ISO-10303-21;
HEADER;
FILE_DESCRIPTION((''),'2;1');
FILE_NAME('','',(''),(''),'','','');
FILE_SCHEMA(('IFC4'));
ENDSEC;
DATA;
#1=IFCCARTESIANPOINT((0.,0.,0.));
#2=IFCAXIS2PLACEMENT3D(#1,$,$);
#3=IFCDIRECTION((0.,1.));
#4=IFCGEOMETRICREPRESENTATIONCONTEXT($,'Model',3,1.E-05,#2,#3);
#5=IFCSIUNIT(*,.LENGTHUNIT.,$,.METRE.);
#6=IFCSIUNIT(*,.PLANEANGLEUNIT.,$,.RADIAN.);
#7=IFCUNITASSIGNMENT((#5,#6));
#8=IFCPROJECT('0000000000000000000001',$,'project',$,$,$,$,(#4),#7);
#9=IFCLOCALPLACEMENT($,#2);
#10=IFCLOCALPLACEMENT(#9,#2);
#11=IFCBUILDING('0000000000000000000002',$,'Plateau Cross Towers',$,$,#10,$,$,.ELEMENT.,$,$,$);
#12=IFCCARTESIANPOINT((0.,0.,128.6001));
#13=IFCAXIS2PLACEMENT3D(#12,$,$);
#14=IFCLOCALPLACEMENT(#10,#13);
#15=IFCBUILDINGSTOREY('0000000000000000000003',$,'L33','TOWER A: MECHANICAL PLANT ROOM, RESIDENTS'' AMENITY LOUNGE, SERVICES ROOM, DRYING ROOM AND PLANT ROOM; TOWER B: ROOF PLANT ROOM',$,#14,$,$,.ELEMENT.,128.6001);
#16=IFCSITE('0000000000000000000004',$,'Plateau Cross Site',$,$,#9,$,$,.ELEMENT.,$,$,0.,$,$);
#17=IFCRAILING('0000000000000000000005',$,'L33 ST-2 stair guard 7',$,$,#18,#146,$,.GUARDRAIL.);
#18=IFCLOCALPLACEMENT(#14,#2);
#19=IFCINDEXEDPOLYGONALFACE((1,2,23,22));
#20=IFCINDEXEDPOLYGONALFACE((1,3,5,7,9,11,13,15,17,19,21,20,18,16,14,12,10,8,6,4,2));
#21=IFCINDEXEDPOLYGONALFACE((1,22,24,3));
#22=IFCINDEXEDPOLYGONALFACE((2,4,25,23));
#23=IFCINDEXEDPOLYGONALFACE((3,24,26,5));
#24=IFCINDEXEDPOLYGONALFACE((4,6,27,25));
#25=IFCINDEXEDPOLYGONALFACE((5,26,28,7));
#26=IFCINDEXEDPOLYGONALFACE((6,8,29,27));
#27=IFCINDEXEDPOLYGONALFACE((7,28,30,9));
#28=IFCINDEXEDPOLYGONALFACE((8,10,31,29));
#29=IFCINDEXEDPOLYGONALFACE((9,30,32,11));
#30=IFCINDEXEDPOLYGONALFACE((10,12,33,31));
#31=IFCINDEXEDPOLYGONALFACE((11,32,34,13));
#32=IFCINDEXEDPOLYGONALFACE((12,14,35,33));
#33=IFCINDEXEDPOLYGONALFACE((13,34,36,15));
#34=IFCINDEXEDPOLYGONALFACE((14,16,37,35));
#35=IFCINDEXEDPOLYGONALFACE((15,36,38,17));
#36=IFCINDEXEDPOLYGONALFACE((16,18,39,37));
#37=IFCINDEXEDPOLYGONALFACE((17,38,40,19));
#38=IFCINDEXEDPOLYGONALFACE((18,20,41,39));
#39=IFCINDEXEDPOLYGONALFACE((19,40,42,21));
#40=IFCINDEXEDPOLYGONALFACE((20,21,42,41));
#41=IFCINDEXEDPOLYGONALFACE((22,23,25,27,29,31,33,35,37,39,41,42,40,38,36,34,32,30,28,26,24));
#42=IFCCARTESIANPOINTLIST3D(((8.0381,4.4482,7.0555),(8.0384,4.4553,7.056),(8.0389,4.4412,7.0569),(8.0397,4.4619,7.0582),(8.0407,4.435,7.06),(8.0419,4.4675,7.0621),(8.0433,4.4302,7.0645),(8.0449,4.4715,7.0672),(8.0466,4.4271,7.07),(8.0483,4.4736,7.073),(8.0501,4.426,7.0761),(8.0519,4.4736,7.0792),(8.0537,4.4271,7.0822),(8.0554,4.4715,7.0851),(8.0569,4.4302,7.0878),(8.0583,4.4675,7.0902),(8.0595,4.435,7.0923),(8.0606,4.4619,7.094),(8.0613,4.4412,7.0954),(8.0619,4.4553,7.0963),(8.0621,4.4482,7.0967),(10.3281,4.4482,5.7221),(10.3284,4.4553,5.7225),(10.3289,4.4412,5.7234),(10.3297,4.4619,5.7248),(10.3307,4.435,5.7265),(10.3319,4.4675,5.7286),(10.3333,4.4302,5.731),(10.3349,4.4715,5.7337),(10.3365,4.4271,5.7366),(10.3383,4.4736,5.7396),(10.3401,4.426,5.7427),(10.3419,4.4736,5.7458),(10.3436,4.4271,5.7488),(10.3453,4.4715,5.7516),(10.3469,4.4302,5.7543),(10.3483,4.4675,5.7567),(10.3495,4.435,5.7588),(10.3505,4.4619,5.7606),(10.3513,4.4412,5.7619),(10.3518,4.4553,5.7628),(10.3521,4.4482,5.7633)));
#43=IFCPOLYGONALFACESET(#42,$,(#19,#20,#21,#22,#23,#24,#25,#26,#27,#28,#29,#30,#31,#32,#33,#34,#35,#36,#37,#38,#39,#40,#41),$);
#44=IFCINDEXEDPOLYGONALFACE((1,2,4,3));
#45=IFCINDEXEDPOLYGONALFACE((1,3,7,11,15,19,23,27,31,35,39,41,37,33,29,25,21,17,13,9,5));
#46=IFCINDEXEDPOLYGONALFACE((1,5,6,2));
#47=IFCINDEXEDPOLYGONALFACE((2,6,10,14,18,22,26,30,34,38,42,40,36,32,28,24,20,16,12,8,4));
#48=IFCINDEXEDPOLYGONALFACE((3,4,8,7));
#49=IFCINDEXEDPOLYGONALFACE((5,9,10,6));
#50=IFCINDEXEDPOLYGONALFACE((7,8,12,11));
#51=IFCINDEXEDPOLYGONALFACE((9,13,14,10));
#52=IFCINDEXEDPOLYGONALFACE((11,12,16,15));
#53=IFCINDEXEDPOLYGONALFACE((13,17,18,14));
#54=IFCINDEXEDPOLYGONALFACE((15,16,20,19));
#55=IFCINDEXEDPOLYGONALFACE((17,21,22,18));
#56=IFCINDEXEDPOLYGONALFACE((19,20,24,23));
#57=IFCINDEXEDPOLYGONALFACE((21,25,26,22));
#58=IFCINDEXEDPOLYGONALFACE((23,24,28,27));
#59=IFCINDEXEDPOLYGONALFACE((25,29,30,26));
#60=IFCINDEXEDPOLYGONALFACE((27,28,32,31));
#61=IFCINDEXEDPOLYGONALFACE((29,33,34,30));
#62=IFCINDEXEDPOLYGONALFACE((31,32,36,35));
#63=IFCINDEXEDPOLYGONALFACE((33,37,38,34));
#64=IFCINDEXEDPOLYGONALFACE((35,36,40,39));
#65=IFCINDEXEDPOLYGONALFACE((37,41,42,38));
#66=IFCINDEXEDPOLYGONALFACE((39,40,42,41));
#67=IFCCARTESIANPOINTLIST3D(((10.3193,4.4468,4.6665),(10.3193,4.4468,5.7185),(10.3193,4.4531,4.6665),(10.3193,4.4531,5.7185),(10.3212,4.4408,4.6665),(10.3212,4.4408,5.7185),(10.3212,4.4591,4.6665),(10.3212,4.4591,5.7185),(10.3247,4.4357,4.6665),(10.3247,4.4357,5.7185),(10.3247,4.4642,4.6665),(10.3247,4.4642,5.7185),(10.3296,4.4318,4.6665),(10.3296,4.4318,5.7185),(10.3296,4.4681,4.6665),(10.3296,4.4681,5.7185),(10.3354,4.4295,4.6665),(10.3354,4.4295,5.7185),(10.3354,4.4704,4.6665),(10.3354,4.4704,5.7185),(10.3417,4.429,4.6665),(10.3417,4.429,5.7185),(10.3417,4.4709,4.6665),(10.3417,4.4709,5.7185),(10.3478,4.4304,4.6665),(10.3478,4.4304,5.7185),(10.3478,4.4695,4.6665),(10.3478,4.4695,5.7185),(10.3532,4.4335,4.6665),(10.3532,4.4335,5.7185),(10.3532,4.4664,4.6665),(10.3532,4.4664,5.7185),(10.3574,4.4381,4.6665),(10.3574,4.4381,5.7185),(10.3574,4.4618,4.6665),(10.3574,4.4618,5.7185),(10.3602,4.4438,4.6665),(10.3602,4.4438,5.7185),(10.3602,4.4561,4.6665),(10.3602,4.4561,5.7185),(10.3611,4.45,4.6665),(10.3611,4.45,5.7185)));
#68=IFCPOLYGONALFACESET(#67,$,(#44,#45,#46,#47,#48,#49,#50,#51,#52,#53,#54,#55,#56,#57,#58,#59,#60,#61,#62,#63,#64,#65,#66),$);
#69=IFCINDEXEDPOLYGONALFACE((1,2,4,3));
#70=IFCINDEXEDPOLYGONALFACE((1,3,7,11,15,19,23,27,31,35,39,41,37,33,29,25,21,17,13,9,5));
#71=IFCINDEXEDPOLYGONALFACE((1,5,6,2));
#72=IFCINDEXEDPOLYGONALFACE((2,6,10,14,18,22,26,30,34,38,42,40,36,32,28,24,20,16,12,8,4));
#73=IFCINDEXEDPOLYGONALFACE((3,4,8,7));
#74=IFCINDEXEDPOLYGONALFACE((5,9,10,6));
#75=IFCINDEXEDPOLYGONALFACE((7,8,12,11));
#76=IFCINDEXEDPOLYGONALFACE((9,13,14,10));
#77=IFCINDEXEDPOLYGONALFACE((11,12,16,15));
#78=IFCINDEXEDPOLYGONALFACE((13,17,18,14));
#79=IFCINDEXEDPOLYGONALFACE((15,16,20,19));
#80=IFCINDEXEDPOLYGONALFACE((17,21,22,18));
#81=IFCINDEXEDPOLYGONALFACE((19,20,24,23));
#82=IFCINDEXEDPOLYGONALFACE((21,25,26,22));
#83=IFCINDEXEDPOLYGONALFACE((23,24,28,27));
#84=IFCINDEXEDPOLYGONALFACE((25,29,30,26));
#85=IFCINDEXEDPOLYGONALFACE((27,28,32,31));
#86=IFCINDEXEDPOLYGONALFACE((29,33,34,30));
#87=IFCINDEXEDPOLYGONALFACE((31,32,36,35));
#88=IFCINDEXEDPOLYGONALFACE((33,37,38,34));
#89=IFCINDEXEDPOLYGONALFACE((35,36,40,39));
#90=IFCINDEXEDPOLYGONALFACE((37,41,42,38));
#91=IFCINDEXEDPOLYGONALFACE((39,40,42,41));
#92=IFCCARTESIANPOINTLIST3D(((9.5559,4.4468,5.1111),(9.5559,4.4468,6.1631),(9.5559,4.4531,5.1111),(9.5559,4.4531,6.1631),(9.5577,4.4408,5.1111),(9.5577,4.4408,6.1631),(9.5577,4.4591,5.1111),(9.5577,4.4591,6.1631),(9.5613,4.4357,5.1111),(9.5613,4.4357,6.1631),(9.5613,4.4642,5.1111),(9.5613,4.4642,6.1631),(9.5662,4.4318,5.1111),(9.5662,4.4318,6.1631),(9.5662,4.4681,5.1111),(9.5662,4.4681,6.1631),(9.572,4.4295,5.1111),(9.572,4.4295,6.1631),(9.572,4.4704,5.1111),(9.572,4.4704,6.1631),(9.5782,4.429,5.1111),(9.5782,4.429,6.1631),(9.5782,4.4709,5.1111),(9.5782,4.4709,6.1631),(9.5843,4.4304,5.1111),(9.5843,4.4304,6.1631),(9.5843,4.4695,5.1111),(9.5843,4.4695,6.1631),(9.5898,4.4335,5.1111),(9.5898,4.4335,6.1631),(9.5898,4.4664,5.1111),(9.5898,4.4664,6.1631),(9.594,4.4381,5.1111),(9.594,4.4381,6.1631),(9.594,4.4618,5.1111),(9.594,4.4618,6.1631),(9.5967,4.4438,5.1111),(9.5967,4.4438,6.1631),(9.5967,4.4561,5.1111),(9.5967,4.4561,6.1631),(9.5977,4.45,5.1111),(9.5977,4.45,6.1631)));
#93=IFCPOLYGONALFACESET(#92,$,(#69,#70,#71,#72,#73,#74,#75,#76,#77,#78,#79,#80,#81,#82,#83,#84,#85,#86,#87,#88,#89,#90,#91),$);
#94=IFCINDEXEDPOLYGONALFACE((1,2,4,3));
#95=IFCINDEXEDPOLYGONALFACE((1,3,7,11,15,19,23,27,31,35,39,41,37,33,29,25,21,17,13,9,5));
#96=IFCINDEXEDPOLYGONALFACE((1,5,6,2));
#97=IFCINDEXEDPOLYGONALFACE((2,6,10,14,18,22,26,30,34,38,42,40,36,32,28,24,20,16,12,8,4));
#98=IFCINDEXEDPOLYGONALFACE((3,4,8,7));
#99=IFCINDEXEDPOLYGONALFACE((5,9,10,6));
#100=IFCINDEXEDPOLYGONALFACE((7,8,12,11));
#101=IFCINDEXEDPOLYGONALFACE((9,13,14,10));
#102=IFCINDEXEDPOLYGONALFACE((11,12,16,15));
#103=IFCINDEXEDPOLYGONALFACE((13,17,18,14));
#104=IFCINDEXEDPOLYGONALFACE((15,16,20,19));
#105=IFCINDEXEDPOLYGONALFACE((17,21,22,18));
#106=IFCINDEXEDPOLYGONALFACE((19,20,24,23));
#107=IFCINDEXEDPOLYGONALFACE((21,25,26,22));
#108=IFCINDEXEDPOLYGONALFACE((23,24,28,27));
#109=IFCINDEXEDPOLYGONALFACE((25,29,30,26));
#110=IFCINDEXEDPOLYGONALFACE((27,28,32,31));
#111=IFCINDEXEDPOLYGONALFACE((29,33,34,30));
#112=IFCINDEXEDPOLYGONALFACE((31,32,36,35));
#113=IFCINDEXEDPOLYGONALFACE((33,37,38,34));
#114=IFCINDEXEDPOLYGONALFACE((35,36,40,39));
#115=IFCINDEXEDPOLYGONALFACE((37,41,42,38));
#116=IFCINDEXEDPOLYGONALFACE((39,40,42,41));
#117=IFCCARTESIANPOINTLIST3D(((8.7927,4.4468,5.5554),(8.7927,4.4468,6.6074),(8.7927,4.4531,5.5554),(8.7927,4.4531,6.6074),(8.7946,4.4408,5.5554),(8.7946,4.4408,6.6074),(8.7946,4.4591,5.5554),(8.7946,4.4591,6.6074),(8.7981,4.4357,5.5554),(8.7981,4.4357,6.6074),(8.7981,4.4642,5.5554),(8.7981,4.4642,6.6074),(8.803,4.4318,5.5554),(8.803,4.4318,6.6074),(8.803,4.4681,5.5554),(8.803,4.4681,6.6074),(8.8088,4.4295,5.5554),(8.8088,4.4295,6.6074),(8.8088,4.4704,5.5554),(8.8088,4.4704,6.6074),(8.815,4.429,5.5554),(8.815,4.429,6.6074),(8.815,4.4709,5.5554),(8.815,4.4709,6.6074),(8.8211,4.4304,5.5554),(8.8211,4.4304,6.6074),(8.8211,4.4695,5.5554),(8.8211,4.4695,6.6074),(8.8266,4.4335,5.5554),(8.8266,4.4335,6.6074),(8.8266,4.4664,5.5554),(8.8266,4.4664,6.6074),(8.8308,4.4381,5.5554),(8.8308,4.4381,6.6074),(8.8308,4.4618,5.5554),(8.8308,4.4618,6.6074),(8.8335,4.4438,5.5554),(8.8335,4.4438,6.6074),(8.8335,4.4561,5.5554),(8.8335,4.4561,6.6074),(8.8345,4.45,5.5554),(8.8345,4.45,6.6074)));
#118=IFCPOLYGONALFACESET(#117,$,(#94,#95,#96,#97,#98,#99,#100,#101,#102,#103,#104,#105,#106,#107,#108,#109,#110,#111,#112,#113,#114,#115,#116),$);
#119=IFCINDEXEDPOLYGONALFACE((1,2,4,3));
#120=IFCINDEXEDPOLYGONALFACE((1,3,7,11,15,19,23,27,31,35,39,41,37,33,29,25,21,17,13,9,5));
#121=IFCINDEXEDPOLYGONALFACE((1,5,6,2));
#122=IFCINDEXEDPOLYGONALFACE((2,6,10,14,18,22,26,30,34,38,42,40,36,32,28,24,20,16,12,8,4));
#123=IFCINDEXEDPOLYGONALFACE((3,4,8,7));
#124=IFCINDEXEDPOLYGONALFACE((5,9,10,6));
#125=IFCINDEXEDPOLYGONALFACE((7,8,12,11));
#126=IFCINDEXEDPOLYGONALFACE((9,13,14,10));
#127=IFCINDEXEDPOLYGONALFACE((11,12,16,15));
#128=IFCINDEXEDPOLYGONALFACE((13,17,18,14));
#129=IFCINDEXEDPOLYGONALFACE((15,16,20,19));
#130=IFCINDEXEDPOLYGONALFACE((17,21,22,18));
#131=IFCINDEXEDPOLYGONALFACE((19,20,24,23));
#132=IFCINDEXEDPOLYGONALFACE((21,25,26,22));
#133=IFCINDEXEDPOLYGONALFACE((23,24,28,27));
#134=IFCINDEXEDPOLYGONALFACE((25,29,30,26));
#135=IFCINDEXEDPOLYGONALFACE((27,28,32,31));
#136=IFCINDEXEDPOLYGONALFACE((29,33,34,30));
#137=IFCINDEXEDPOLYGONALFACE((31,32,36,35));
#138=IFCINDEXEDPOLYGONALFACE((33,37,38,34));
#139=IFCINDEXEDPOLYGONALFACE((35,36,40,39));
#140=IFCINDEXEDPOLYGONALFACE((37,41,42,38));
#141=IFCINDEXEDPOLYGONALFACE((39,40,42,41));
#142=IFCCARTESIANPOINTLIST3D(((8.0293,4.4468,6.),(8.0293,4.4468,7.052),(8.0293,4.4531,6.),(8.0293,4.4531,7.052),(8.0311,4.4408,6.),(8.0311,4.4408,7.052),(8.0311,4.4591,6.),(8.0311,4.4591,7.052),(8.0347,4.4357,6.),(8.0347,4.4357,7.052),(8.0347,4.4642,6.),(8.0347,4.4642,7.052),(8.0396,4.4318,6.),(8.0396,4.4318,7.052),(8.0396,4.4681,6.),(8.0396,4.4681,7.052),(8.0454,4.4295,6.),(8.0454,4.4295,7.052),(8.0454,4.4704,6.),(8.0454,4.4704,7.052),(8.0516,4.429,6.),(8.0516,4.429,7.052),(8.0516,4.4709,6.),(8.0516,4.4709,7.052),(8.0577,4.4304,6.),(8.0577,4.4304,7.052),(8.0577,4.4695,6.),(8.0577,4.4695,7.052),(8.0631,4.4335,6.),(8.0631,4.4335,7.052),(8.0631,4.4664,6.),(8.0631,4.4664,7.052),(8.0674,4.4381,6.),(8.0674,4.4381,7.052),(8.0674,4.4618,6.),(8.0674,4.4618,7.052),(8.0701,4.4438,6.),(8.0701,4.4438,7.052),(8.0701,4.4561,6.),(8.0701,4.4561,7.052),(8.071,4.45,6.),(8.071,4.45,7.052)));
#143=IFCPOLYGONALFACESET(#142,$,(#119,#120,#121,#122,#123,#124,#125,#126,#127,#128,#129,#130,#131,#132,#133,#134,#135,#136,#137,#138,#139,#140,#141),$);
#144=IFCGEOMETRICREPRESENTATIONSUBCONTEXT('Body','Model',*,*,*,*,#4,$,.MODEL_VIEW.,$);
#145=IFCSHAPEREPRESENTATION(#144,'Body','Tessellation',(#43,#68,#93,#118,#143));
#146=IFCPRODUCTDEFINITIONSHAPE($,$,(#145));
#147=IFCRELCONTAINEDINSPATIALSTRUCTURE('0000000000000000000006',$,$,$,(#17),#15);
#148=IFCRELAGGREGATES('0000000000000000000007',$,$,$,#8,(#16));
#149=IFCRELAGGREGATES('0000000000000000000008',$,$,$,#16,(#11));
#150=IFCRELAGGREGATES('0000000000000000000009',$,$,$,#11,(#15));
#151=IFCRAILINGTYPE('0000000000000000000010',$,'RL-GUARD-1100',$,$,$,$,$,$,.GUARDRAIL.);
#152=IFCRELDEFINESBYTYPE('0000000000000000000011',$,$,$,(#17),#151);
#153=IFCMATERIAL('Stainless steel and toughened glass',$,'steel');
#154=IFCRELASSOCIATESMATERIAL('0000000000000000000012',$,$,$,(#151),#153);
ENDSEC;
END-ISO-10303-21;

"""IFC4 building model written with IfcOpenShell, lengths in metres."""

from ifc_helpers import new_model, si_unit, direction, frame, origin, origin_2d, place, context, subcontext, project, spatial, circle, extrude, material, type_object, element, save


model = new_model("IFC4")

# Units and contexts
model_context = context("Model", 3, precision=1e-05, world=origin(), true_north=direction((0.0, 1.0)))
body_context = subcontext(model_context, "Body", "Model", "MODEL_VIEW")
ifc_project = project(units=[si_unit("LENGTHUNIT", "METRE"), si_unit("PLANEANGLEUNIT", "RADIAN")], contexts=[model_context])

# Site, building, storey
site_placement = place(None, origin())
site = spatial("IfcSite", under=ifc_project, at=site_placement, Name="Plateau Cross Site", CompositionType="ELEMENT", RefElevation=0.0)
building_placement = place(site_placement, origin())
building = spatial("IfcBuilding", under=site, at=building_placement, Name="Plateau Cross Towers", CompositionType="ELEMENT")
storey_placement = place(building_placement, frame((0.0, 0.0, 128.6001)))
storey = spatial("IfcBuildingStorey", under=building, at=storey_placement, Name="L33", Description="TOWER A: MECHANICAL PLANT ROOM, RESIDENTS' AMENITY LOUNGE, SERVICES ROOM, DRYING ROOM AND PLANT ROOM; TOWER B: ROOF PLANT ROOM", CompositionType="ELEMENT", Elevation=128.6001)

# Railing
ifc_material_1 = material(Name="Stainless steel and toughened glass", Category="steel")
railing_type_1 = type_object("IfcRailingType", Name="RL-GUARD-1100", PredefinedType="GUARDRAIL", material=ifc_material_1)
railing_1_placement = place(storey_placement, frame((10.3401, 4.45, 4.6665)))
element("IfcRailing", 1, at=railing_1_placement, inside=storey, type_object=railing_type_1, Name="L33 ST-2 stair guard 7", PredefinedType="GUARDRAIL", context=body_context, shape_type="SweptSolid", body=[
    extrude(circle(Radius=0.0239, at=origin_2d()), frame((0.0, 0.0, 1.0762), z_axis=(-0.864166, 0.0, 0.503206), x_axis=(0.0, -1.0, 0.0)), (0.0, 0.0, 1.0), 2.6499),
    extrude(circle(Radius=0.021, at=origin_2d()), origin(), (0.0, 0.0, 1.0), 1.052),
    extrude(circle(Radius=0.021, at=origin_2d()), frame((-0.7634, 0.0, 0.4446)), (0.0, 0.0, 1.0), 1.052),
    extrude(circle(Radius=0.021, at=origin_2d()), frame((-1.5266, 0.0, 0.8889)), (0.0, 0.0, 1.0), 1.052),
    extrude(circle(Radius=0.021, at=origin_2d()), frame((-2.29, 0.0, 1.3335)), (0.0, 0.0, 1.0), 1.052),
])

save(model, "model.ifc")
